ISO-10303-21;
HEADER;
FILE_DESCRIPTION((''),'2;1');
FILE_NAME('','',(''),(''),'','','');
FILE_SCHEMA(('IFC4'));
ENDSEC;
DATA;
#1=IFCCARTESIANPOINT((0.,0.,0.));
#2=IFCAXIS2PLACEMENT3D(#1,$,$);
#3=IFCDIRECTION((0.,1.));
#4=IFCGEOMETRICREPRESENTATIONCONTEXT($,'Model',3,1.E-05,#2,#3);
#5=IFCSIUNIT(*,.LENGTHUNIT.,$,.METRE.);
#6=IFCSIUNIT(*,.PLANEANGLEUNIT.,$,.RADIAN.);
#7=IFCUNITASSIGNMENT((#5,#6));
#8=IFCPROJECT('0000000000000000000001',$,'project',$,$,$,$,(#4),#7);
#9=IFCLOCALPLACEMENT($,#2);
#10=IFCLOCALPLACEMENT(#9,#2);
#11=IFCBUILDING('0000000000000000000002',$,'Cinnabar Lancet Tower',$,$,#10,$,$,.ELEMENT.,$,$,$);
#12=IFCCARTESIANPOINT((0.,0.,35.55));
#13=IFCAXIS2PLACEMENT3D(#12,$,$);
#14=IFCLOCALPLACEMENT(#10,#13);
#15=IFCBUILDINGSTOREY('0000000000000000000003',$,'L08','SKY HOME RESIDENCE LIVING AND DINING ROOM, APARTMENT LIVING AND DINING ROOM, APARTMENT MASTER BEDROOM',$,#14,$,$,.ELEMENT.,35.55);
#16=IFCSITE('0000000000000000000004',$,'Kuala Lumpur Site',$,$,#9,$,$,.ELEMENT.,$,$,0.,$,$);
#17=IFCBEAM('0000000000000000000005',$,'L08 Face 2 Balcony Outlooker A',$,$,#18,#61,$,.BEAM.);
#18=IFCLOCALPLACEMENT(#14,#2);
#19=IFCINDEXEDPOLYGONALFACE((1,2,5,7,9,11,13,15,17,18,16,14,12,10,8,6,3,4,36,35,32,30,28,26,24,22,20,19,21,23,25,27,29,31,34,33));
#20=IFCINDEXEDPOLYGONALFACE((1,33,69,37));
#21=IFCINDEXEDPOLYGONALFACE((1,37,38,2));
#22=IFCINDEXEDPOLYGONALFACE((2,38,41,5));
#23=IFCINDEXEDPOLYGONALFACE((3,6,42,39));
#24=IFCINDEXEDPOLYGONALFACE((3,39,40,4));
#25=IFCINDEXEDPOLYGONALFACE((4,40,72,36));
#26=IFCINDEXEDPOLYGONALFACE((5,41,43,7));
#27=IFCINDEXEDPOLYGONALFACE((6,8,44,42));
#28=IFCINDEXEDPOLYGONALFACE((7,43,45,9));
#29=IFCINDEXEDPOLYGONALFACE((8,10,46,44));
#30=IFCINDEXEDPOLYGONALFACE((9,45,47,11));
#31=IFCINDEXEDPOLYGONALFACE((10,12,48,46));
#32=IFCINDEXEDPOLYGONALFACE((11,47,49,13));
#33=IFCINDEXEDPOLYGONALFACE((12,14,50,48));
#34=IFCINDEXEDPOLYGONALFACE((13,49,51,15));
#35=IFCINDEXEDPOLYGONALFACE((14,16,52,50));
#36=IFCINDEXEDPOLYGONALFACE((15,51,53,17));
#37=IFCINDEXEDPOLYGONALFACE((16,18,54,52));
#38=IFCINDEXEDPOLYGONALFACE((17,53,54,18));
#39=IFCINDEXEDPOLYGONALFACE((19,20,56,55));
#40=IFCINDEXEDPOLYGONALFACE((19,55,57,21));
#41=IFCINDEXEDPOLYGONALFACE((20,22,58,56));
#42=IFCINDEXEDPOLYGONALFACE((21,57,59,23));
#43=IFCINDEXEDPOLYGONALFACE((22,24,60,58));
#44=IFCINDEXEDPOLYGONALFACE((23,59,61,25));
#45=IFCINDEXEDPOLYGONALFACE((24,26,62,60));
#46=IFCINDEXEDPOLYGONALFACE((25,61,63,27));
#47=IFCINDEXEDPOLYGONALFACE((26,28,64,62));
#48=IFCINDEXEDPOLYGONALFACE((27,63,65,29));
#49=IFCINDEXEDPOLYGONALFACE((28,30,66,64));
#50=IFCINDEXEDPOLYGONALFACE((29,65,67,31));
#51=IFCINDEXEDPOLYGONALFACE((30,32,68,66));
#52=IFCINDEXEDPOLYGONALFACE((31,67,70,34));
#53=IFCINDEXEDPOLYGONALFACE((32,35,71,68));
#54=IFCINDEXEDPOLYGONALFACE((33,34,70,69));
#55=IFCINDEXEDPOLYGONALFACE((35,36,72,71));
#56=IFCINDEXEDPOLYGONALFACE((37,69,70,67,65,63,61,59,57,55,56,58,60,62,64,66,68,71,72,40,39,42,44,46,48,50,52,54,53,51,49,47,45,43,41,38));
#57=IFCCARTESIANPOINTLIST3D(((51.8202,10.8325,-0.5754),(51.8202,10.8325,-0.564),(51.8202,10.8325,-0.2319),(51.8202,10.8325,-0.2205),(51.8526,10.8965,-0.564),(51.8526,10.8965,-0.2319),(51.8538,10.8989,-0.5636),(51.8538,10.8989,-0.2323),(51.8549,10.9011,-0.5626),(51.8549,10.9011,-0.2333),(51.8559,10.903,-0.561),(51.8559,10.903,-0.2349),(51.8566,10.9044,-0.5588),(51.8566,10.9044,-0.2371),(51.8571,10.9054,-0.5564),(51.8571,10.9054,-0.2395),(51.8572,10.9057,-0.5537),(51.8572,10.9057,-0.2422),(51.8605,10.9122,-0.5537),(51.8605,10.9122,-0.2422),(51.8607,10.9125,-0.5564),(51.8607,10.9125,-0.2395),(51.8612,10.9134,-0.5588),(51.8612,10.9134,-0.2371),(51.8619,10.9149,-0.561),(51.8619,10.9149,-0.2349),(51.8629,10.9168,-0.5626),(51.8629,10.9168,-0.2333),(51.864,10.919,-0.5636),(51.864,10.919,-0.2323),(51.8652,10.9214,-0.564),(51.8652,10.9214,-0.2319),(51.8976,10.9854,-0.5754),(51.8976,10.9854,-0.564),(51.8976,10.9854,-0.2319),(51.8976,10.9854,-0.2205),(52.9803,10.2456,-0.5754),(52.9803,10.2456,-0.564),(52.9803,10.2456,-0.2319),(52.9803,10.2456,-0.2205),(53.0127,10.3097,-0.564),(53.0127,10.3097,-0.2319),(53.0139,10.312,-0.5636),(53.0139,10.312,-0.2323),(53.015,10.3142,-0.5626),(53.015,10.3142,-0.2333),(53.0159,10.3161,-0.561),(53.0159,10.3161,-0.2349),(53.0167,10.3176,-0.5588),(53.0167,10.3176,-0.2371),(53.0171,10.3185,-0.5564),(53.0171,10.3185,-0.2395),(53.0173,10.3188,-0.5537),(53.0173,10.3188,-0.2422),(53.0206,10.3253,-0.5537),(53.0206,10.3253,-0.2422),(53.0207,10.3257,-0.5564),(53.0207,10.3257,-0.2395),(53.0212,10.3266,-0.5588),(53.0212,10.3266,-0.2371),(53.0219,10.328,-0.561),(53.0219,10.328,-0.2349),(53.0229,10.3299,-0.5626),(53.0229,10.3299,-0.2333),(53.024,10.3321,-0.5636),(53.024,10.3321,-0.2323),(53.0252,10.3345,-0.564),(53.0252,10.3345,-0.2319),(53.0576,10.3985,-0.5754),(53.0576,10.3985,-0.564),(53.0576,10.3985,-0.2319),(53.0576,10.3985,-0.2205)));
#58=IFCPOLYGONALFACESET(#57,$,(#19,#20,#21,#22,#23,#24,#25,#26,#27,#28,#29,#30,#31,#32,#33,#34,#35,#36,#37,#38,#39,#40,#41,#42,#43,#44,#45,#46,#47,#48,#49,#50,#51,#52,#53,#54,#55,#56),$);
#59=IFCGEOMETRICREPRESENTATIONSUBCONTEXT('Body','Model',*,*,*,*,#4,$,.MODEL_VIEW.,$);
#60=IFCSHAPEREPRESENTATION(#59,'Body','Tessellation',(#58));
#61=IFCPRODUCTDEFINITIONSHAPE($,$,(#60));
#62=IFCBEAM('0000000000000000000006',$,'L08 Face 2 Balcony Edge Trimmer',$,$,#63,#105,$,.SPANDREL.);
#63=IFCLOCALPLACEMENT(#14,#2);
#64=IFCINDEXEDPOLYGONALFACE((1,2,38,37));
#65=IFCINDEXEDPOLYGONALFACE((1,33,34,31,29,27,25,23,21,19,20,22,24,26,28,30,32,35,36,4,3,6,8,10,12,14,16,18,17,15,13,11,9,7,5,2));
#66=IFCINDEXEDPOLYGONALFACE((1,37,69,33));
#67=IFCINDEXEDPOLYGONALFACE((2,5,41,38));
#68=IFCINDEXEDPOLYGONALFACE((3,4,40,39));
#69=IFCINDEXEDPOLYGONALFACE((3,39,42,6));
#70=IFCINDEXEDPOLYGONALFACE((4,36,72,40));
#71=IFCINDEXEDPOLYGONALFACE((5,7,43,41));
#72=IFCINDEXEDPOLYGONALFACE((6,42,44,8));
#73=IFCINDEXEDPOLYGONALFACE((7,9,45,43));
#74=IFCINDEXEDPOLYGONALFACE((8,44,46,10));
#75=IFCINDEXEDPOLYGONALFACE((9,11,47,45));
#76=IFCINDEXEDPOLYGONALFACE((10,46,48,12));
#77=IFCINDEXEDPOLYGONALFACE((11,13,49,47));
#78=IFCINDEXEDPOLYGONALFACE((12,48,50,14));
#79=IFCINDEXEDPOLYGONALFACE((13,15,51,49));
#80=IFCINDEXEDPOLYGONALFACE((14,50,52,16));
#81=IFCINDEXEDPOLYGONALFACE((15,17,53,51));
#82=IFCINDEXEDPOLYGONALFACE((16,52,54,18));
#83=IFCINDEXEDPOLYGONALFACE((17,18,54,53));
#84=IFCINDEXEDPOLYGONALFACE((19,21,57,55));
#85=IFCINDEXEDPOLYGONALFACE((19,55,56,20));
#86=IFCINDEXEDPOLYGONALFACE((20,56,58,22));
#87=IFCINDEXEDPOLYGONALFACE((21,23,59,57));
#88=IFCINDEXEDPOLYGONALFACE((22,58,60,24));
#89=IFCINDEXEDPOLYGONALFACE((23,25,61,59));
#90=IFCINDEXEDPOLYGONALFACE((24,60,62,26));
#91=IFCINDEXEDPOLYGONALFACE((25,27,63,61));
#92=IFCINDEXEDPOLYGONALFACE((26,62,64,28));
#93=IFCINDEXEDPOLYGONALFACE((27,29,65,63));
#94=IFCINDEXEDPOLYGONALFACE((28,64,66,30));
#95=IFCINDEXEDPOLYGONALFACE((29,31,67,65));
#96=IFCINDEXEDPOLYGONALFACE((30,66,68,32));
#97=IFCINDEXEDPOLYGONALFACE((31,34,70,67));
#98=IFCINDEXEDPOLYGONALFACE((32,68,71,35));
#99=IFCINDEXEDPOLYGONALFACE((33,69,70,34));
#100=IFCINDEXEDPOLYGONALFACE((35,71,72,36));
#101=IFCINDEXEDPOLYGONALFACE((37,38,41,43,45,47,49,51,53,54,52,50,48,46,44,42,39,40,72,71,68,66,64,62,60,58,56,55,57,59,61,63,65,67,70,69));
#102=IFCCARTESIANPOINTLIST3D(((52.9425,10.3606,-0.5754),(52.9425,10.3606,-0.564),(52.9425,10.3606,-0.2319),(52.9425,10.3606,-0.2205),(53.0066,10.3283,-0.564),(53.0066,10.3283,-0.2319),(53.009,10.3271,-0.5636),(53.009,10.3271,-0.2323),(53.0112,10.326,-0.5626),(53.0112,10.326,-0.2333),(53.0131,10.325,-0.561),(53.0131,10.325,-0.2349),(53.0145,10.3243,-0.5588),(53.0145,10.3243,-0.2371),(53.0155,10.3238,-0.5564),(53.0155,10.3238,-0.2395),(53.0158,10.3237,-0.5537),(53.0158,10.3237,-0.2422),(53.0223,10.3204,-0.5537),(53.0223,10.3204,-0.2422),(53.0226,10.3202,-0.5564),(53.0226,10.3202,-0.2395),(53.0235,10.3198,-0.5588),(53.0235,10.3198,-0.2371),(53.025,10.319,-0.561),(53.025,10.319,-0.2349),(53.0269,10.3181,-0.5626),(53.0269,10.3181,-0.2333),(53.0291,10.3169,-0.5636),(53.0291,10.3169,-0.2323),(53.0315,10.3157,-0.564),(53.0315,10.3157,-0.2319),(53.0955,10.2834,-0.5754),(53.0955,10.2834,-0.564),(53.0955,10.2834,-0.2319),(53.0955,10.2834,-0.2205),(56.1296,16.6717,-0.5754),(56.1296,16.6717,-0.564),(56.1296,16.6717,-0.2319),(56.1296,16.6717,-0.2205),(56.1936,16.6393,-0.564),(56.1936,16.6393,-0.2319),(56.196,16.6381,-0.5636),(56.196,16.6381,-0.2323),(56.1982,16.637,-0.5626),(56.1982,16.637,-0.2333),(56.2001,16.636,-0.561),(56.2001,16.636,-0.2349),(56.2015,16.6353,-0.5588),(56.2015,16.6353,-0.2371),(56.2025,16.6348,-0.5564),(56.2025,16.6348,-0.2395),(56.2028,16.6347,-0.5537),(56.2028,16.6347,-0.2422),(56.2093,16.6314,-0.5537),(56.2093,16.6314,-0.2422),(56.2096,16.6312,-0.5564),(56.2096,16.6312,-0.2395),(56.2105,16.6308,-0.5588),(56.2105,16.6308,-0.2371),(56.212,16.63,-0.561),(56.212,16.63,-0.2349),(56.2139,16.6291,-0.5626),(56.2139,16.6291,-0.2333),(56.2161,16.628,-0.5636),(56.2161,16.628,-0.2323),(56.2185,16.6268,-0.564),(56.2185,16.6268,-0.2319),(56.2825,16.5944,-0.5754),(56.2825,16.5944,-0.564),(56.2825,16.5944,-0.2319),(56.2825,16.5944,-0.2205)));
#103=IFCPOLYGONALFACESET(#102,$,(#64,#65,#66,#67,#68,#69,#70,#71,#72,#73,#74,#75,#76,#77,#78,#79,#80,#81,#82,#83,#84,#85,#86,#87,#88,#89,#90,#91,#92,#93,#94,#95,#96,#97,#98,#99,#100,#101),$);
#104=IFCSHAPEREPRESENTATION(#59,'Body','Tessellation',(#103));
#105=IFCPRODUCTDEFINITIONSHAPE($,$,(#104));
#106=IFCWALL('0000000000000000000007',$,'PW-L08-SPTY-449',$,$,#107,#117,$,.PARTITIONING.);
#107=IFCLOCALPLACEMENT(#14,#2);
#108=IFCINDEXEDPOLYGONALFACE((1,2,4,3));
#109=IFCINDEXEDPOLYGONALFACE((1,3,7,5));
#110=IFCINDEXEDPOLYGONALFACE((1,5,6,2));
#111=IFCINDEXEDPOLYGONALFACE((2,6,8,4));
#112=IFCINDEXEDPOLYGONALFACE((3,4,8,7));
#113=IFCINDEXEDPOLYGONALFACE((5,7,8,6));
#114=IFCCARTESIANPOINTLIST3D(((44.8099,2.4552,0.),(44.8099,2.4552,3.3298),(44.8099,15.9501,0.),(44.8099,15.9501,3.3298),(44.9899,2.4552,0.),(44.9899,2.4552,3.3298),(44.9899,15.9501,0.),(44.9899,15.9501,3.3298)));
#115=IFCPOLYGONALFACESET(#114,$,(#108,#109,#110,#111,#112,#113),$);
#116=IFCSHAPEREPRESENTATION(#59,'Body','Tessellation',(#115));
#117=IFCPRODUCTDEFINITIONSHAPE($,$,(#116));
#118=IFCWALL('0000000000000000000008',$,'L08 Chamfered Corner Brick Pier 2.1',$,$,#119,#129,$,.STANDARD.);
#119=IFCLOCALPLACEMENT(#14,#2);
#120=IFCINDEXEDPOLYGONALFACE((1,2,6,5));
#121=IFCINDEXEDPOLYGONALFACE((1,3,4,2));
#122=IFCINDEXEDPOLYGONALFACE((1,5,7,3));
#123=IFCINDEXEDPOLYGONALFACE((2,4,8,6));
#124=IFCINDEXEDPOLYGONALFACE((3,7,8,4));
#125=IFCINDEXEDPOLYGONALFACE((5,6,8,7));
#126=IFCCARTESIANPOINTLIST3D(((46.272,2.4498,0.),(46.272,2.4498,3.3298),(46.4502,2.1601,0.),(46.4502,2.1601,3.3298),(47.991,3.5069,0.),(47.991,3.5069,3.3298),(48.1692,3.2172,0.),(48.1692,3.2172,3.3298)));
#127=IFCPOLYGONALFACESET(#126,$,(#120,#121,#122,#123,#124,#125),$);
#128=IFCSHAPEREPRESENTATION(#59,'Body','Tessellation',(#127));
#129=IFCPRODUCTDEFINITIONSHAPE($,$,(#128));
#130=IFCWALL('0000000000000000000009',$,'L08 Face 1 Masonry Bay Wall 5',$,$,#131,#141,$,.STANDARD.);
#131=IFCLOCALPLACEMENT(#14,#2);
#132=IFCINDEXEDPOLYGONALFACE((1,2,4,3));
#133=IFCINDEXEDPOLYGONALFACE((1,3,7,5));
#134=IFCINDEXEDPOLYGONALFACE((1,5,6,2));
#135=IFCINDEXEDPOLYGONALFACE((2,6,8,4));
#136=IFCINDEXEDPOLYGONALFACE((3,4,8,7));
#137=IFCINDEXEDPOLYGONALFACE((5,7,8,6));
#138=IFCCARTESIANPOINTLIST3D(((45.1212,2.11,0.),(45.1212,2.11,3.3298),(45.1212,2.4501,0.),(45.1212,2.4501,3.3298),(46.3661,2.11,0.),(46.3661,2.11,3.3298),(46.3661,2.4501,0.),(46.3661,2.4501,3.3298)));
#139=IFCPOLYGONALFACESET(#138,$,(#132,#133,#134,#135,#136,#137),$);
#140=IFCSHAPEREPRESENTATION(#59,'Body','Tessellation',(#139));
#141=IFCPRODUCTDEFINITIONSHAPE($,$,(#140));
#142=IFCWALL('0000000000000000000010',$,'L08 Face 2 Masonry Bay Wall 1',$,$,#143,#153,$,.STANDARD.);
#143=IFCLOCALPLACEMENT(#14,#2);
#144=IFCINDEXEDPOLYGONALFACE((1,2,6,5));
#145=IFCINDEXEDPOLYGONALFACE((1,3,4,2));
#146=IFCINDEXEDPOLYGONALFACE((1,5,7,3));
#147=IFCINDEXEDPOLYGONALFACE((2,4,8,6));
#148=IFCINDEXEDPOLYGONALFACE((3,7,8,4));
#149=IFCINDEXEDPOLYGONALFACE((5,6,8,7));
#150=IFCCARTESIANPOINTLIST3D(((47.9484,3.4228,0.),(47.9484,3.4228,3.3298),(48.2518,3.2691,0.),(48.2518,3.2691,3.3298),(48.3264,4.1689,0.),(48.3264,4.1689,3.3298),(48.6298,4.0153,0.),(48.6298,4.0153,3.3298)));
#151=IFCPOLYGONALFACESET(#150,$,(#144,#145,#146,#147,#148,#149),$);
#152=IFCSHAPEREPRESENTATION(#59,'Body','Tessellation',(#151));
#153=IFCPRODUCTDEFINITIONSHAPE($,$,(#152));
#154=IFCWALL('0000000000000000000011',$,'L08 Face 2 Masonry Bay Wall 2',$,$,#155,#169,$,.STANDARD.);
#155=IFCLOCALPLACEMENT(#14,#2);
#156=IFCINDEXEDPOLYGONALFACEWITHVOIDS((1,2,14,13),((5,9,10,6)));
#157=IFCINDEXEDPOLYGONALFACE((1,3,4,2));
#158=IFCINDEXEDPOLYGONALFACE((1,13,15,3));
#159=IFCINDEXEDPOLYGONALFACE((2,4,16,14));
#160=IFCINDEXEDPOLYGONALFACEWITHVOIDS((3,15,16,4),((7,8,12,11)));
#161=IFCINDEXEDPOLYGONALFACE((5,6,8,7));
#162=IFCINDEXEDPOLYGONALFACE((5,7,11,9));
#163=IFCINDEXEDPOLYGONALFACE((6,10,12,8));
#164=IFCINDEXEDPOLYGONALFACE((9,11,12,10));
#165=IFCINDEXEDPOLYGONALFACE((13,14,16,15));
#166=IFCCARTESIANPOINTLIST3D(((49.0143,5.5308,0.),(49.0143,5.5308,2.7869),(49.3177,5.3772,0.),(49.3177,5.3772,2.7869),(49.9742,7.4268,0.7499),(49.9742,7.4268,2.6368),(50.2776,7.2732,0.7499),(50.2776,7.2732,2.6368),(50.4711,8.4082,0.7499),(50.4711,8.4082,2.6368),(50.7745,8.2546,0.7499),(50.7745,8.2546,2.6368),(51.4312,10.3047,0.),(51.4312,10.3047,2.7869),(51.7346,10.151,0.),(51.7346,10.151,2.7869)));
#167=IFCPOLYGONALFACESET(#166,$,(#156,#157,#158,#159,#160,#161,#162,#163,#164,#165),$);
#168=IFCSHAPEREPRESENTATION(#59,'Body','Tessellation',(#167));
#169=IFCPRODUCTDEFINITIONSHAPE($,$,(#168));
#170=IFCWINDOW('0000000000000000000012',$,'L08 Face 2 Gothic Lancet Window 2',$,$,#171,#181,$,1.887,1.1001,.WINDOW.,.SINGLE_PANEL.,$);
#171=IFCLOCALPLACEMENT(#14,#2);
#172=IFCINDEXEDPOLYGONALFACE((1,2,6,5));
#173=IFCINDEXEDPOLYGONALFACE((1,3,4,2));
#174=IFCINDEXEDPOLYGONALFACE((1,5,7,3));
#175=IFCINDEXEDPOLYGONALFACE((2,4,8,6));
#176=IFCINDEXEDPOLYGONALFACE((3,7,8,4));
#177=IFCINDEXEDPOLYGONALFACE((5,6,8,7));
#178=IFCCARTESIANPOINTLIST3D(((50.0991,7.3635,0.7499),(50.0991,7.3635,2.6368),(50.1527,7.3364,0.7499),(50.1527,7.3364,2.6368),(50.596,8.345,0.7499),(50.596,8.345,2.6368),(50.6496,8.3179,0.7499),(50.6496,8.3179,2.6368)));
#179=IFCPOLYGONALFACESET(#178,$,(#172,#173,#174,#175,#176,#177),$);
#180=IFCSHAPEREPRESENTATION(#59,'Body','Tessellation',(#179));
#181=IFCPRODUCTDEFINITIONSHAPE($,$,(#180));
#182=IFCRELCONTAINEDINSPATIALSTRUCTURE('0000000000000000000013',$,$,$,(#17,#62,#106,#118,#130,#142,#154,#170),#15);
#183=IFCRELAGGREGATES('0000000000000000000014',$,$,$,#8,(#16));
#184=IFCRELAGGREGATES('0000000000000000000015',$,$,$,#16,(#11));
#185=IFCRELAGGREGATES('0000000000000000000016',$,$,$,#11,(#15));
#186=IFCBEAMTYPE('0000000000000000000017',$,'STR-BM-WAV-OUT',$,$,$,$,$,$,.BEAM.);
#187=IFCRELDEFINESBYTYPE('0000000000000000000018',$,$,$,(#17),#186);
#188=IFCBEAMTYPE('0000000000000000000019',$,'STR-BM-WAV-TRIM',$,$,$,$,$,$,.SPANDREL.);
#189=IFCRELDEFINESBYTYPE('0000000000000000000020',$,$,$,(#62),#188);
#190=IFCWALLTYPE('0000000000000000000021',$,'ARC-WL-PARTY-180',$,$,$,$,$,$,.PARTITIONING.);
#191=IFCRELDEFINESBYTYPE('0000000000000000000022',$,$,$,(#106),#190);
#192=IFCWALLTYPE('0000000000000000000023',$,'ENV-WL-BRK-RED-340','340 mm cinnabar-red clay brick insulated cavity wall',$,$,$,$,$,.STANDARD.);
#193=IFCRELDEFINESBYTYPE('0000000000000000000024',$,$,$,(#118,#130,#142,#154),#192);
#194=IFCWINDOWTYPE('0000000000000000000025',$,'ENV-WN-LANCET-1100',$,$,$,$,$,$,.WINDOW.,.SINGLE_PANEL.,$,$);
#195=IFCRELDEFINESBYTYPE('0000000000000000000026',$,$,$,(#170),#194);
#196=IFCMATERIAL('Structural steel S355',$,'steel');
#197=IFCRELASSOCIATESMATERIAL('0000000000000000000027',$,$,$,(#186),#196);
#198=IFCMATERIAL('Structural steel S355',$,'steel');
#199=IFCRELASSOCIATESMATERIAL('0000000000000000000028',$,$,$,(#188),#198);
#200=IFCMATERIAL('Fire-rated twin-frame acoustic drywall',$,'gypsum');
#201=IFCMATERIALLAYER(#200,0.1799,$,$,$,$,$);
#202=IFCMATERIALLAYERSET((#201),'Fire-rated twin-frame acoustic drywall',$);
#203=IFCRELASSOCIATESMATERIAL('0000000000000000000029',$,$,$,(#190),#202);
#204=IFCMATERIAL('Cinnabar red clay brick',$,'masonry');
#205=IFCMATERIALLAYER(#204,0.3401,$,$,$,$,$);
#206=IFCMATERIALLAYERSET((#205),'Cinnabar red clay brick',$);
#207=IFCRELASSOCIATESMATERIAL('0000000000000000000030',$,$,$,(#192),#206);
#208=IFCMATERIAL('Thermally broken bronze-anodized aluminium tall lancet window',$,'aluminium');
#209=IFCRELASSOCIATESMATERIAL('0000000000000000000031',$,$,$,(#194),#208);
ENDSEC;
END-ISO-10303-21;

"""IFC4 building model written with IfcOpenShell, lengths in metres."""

from ifc_helpers import new_model, si_unit, direction, frame, frame_2d, origin, origin_2d, place, context, subcontext, project, spatial, rectangle, i_section, extrude, material, layer, layer_set, material_profile, profile_set, type_object, element, fill, save


model = new_model("IFC4")

# Units and contexts
model_context = context("Model", 3, precision=1e-05, world=origin(), true_north=direction((0.0, 1.0)))
body_context = subcontext(model_context, "Body", "Model", "MODEL_VIEW")
ifc_project = project(units=[si_unit("LENGTHUNIT", "METRE"), si_unit("PLANEANGLEUNIT", "RADIAN")], contexts=[model_context])

# Site, building, storey
site_placement = place(None, origin())
site = spatial("IfcSite", under=ifc_project, at=site_placement, Name="Kuala Lumpur Site", CompositionType="ELEMENT", RefElevation=0.0)
building_placement = place(site_placement, origin())
building = spatial("IfcBuilding", under=site, at=building_placement, Name="Cinnabar Lancet Tower", CompositionType="ELEMENT")
storey_placement = place(building_placement, frame((0.0, 0.0, 35.55)))
storey = spatial("IfcBuildingStorey", under=building, at=storey_placement, Name="L08", Description="SKY HOME RESIDENCE LIVING AND DINING ROOM, APARTMENT LIVING AND DINING ROOM, APARTMENT MASTER BEDROOM", CompositionType="ELEMENT", Elevation=35.55)

# Beams
ifc_material_1 = material(Name="Structural steel S355", Category="steel")
ifc_material_profile_1 = material_profile(ifc_material_1, i_section(OverallWidth=0.1714, OverallDepth=0.355, WebThickness=0.0073, FlangeThickness=0.0115, FilletRadius=0.0103, at=origin_2d()), Name="UKB 356x171x51")
ifc_profile_set_1 = profile_set([ifc_material_profile_1], Name="Structural steel S355")
beam_type_1 = type_object("IfcBeamType", Name="STR-BM-WAV-OUT", PredefinedType="BEAM", material=ifc_profile_set_1)
beam_1_placement = place(storey_placement, frame((51.8589, 10.9089, -0.3979), z_axis=(0.892314, -0.451415, 0.0), x_axis=(0.451415, 0.892314, 0.0)))
element("IfcBeam", 1, at=beam_1_placement, inside=storey, type_object=beam_type_1, Name="L08 Face 2 Balcony Outlooker A", PredefinedType="BEAM", context=body_context, shape_type="SweptSolid", body=[
    extrude(i_section(OverallWidth=0.1714, OverallDepth=0.355, WebThickness=0.0073, FlangeThickness=0.0115, FilletRadius=0.0103, at=origin_2d()), origin(), (0.0, 0.0, 1.0), 1.3),
])
ifc_material_2 = material(Name="Structural steel S355", Category="steel")
ifc_material_profile_2 = material_profile(ifc_material_2, i_section(OverallWidth=0.1714, OverallDepth=0.355, WebThickness=0.0073, FlangeThickness=0.0115, FilletRadius=0.0103, at=origin_2d()), Name="UKB 356x171x51")
ifc_profile_set_2 = profile_set([ifc_material_profile_2], Name="Structural steel S355")
beam_type_2 = type_object("IfcBeamType", Name="STR-BM-WAV-TRIM", PredefinedType="SPANDREL", material=ifc_profile_set_2)
beam_2_placement = place(storey_placement, frame((53.019, 10.322, -0.3979), z_axis=(0.450774, 0.892638, 0.0), x_axis=(-0.892638, 0.450774, 0.0)))
element("IfcBeam", 2, at=beam_2_placement, inside=storey, type_object=beam_type_2, Name="L08 Face 2 Balcony Edge Trimmer", PredefinedType="SPANDREL", context=body_context, shape_type="SweptSolid", body=[
    extrude(i_section(OverallWidth=0.1714, OverallDepth=0.355, WebThickness=0.0073, FlangeThickness=0.0115, FilletRadius=0.0103, at=origin_2d()), origin(), (0.0, 0.0, 1.0), 7.0701),
])

# Walls
ifc_material_3 = material(Name="Fire-rated twin-frame acoustic drywall", Category="gypsum")
ifc_layer_1 = layer(ifc_material_3, 0.1799)
ifc_layer_set_1 = layer_set([ifc_layer_1], Name="Fire-rated twin-frame acoustic drywall")
wall_type_1 = type_object("IfcWallType", Name="ARC-WL-PARTY-180", PredefinedType="PARTITIONING", material=ifc_layer_set_1)
wall_1_placement = place(storey_placement, frame((44.8999, 2.4551, 0.0), z_axis=(0.0, 0.0, 1.0), x_axis=(0.0, 1.0, 0.0)))
element("IfcWall", 3, at=wall_1_placement, inside=storey, type_object=wall_type_1, Name="PW-L08-SPTY-449", PredefinedType="PARTITIONING", context=body_context, shape_type="SweptSolid", body=[
    extrude(rectangle(XDim=13.4949, YDim=0.1799, at=frame_2d((6.7476, 0.0))), origin(), (0.0, 0.0, 1.0), 3.3298),
])
ifc_material_4 = material(Name="Cinnabar red clay brick", Category="masonry")
ifc_layer_2 = layer(ifc_material_4, 0.3401)
ifc_layer_set_2 = layer_set([ifc_layer_2], Name="Cinnabar red clay brick")
wall_type_2 = type_object("IfcWallType", Name="ENV-WL-BRK-RED-340", Description="340 mm cinnabar-red clay brick insulated cavity wall", PredefinedType="STANDARD", material=ifc_layer_set_2)
wall_2_placement = place(storey_placement, frame((46.3611, 2.3049, 0.0), z_axis=(0.0, 0.0, 1.0), x_axis=(0.851816, 0.523841, 0.0)))
element("IfcWall", 4, at=wall_2_placement, inside=storey, type_object=wall_type_2, Name="L08 Chamfered Corner Brick Pier 2.1", PredefinedType="STANDARD", context=body_context, shape_type="SweptSolid", body=[
    extrude(rectangle(XDim=2.0181, YDim=0.3401, at=frame_2d((1.009, 0.0))), origin(), (0.0, 0.0, 1.0), 3.3298),
])
wall_3_placement = place(storey_placement, frame((45.1211, 2.28, 0.0), z_axis=(0.0, 0.0, 1.0), x_axis=(1.0, 0.0, 0.0)))
element("IfcWall", 5, at=wall_3_placement, inside=storey, type_object=wall_type_2, Name="L08 Face 1 Masonry Bay Wall 5", PredefinedType="STANDARD", context=body_context, shape_type="SweptSolid", body=[
    extrude(rectangle(XDim=1.2449, YDim=0.3401, at=frame_2d((0.6226, 0.0))), origin(), (0.0, 0.0, 1.0), 3.3298),
])
wall_4_placement = place(storey_placement, frame((48.1001, 3.3459, 0.0), z_axis=(0.0, 0.0, 1.0), x_axis=(0.451878, 0.89208, 0.0)))
element("IfcWall", 6, at=wall_4_placement, inside=storey, type_object=wall_type_2, Name="L08 Face 2 Masonry Bay Wall 1", PredefinedType="STANDARD", context=body_context, shape_type="SweptSolid", body=[
    extrude(rectangle(XDim=0.8364, YDim=0.3401, at=frame_2d((0.4182, 0.0))), origin(), (0.0, 0.0, 1.0), 3.3298),
])

# Wall, opening, window
wall_5_placement = place(storey_placement, frame((49.166, 5.4541, 0.0), z_axis=(0.0, 0.0, 1.0), x_axis=(0.451698, 0.892171, 0.0)))
wall_5 = element("IfcWall", 7, at=wall_5_placement, inside=storey, type_object=wall_type_2, Name="L08 Face 2 Masonry Bay Wall 2", PredefinedType="STANDARD", context=body_context, shape_type="SweptSolid", body=[
    extrude(rectangle(XDim=5.3508, YDim=0.3401, at=frame_2d((2.6753, 0.0))), origin(), (0.0, 0.0, 1.0), 2.7869),
])
opening_1_placement = place(wall_5_placement, frame((2.125, 0.0, 0.75)))
opening_1 = element("IfcOpeningElement", 8, at=opening_1_placement, cuts=wall_5, PredefinedType="OPENING", context=body_context, shape_type="SweptSolid", body=[
    extrude(rectangle(XDim=1.1001, YDim=1.887, at=frame_2d((0.55, 0.9434))), frame((0.0, 0.1799, 0.0), z_axis=(0.0, -1.0, 0.0), x_axis=(1.0, 0.0, 0.0)), (0.0, 0.0, 1.0), 0.3601),
])
ifc_material_5 = material(Name="Thermally broken bronze-anodized aluminium tall lancet window", Category="aluminium")
window_type = type_object("IfcWindowType", Name="ENV-WN-LANCET-1100", PartitioningType="SINGLE_PANEL", PredefinedType="WINDOW", material=ifc_material_5)
window_placement = place(opening_1_placement, origin())
window = element("IfcWindow", 9, at=window_placement, inside=storey, type_object=window_type, Name="L08 Face 2 Gothic Lancet Window 2", OverallHeight=1.887, OverallWidth=1.1001, PartitioningType="SINGLE_PANEL", PredefinedType="WINDOW", context=body_context, shape_type="SweptSolid", body=[
    extrude(rectangle(XDim=1.1001, YDim=1.887, at=frame_2d((0.55, 0.9434))), frame((0.0, 0.03, 0.0), z_axis=(0.0, -1.0, 0.0), x_axis=(1.0, 0.0, 0.0)), (0.0, 0.0, 1.0), 0.0601),
])
fill(opening_1, window)

save(model, "model.ifc")
